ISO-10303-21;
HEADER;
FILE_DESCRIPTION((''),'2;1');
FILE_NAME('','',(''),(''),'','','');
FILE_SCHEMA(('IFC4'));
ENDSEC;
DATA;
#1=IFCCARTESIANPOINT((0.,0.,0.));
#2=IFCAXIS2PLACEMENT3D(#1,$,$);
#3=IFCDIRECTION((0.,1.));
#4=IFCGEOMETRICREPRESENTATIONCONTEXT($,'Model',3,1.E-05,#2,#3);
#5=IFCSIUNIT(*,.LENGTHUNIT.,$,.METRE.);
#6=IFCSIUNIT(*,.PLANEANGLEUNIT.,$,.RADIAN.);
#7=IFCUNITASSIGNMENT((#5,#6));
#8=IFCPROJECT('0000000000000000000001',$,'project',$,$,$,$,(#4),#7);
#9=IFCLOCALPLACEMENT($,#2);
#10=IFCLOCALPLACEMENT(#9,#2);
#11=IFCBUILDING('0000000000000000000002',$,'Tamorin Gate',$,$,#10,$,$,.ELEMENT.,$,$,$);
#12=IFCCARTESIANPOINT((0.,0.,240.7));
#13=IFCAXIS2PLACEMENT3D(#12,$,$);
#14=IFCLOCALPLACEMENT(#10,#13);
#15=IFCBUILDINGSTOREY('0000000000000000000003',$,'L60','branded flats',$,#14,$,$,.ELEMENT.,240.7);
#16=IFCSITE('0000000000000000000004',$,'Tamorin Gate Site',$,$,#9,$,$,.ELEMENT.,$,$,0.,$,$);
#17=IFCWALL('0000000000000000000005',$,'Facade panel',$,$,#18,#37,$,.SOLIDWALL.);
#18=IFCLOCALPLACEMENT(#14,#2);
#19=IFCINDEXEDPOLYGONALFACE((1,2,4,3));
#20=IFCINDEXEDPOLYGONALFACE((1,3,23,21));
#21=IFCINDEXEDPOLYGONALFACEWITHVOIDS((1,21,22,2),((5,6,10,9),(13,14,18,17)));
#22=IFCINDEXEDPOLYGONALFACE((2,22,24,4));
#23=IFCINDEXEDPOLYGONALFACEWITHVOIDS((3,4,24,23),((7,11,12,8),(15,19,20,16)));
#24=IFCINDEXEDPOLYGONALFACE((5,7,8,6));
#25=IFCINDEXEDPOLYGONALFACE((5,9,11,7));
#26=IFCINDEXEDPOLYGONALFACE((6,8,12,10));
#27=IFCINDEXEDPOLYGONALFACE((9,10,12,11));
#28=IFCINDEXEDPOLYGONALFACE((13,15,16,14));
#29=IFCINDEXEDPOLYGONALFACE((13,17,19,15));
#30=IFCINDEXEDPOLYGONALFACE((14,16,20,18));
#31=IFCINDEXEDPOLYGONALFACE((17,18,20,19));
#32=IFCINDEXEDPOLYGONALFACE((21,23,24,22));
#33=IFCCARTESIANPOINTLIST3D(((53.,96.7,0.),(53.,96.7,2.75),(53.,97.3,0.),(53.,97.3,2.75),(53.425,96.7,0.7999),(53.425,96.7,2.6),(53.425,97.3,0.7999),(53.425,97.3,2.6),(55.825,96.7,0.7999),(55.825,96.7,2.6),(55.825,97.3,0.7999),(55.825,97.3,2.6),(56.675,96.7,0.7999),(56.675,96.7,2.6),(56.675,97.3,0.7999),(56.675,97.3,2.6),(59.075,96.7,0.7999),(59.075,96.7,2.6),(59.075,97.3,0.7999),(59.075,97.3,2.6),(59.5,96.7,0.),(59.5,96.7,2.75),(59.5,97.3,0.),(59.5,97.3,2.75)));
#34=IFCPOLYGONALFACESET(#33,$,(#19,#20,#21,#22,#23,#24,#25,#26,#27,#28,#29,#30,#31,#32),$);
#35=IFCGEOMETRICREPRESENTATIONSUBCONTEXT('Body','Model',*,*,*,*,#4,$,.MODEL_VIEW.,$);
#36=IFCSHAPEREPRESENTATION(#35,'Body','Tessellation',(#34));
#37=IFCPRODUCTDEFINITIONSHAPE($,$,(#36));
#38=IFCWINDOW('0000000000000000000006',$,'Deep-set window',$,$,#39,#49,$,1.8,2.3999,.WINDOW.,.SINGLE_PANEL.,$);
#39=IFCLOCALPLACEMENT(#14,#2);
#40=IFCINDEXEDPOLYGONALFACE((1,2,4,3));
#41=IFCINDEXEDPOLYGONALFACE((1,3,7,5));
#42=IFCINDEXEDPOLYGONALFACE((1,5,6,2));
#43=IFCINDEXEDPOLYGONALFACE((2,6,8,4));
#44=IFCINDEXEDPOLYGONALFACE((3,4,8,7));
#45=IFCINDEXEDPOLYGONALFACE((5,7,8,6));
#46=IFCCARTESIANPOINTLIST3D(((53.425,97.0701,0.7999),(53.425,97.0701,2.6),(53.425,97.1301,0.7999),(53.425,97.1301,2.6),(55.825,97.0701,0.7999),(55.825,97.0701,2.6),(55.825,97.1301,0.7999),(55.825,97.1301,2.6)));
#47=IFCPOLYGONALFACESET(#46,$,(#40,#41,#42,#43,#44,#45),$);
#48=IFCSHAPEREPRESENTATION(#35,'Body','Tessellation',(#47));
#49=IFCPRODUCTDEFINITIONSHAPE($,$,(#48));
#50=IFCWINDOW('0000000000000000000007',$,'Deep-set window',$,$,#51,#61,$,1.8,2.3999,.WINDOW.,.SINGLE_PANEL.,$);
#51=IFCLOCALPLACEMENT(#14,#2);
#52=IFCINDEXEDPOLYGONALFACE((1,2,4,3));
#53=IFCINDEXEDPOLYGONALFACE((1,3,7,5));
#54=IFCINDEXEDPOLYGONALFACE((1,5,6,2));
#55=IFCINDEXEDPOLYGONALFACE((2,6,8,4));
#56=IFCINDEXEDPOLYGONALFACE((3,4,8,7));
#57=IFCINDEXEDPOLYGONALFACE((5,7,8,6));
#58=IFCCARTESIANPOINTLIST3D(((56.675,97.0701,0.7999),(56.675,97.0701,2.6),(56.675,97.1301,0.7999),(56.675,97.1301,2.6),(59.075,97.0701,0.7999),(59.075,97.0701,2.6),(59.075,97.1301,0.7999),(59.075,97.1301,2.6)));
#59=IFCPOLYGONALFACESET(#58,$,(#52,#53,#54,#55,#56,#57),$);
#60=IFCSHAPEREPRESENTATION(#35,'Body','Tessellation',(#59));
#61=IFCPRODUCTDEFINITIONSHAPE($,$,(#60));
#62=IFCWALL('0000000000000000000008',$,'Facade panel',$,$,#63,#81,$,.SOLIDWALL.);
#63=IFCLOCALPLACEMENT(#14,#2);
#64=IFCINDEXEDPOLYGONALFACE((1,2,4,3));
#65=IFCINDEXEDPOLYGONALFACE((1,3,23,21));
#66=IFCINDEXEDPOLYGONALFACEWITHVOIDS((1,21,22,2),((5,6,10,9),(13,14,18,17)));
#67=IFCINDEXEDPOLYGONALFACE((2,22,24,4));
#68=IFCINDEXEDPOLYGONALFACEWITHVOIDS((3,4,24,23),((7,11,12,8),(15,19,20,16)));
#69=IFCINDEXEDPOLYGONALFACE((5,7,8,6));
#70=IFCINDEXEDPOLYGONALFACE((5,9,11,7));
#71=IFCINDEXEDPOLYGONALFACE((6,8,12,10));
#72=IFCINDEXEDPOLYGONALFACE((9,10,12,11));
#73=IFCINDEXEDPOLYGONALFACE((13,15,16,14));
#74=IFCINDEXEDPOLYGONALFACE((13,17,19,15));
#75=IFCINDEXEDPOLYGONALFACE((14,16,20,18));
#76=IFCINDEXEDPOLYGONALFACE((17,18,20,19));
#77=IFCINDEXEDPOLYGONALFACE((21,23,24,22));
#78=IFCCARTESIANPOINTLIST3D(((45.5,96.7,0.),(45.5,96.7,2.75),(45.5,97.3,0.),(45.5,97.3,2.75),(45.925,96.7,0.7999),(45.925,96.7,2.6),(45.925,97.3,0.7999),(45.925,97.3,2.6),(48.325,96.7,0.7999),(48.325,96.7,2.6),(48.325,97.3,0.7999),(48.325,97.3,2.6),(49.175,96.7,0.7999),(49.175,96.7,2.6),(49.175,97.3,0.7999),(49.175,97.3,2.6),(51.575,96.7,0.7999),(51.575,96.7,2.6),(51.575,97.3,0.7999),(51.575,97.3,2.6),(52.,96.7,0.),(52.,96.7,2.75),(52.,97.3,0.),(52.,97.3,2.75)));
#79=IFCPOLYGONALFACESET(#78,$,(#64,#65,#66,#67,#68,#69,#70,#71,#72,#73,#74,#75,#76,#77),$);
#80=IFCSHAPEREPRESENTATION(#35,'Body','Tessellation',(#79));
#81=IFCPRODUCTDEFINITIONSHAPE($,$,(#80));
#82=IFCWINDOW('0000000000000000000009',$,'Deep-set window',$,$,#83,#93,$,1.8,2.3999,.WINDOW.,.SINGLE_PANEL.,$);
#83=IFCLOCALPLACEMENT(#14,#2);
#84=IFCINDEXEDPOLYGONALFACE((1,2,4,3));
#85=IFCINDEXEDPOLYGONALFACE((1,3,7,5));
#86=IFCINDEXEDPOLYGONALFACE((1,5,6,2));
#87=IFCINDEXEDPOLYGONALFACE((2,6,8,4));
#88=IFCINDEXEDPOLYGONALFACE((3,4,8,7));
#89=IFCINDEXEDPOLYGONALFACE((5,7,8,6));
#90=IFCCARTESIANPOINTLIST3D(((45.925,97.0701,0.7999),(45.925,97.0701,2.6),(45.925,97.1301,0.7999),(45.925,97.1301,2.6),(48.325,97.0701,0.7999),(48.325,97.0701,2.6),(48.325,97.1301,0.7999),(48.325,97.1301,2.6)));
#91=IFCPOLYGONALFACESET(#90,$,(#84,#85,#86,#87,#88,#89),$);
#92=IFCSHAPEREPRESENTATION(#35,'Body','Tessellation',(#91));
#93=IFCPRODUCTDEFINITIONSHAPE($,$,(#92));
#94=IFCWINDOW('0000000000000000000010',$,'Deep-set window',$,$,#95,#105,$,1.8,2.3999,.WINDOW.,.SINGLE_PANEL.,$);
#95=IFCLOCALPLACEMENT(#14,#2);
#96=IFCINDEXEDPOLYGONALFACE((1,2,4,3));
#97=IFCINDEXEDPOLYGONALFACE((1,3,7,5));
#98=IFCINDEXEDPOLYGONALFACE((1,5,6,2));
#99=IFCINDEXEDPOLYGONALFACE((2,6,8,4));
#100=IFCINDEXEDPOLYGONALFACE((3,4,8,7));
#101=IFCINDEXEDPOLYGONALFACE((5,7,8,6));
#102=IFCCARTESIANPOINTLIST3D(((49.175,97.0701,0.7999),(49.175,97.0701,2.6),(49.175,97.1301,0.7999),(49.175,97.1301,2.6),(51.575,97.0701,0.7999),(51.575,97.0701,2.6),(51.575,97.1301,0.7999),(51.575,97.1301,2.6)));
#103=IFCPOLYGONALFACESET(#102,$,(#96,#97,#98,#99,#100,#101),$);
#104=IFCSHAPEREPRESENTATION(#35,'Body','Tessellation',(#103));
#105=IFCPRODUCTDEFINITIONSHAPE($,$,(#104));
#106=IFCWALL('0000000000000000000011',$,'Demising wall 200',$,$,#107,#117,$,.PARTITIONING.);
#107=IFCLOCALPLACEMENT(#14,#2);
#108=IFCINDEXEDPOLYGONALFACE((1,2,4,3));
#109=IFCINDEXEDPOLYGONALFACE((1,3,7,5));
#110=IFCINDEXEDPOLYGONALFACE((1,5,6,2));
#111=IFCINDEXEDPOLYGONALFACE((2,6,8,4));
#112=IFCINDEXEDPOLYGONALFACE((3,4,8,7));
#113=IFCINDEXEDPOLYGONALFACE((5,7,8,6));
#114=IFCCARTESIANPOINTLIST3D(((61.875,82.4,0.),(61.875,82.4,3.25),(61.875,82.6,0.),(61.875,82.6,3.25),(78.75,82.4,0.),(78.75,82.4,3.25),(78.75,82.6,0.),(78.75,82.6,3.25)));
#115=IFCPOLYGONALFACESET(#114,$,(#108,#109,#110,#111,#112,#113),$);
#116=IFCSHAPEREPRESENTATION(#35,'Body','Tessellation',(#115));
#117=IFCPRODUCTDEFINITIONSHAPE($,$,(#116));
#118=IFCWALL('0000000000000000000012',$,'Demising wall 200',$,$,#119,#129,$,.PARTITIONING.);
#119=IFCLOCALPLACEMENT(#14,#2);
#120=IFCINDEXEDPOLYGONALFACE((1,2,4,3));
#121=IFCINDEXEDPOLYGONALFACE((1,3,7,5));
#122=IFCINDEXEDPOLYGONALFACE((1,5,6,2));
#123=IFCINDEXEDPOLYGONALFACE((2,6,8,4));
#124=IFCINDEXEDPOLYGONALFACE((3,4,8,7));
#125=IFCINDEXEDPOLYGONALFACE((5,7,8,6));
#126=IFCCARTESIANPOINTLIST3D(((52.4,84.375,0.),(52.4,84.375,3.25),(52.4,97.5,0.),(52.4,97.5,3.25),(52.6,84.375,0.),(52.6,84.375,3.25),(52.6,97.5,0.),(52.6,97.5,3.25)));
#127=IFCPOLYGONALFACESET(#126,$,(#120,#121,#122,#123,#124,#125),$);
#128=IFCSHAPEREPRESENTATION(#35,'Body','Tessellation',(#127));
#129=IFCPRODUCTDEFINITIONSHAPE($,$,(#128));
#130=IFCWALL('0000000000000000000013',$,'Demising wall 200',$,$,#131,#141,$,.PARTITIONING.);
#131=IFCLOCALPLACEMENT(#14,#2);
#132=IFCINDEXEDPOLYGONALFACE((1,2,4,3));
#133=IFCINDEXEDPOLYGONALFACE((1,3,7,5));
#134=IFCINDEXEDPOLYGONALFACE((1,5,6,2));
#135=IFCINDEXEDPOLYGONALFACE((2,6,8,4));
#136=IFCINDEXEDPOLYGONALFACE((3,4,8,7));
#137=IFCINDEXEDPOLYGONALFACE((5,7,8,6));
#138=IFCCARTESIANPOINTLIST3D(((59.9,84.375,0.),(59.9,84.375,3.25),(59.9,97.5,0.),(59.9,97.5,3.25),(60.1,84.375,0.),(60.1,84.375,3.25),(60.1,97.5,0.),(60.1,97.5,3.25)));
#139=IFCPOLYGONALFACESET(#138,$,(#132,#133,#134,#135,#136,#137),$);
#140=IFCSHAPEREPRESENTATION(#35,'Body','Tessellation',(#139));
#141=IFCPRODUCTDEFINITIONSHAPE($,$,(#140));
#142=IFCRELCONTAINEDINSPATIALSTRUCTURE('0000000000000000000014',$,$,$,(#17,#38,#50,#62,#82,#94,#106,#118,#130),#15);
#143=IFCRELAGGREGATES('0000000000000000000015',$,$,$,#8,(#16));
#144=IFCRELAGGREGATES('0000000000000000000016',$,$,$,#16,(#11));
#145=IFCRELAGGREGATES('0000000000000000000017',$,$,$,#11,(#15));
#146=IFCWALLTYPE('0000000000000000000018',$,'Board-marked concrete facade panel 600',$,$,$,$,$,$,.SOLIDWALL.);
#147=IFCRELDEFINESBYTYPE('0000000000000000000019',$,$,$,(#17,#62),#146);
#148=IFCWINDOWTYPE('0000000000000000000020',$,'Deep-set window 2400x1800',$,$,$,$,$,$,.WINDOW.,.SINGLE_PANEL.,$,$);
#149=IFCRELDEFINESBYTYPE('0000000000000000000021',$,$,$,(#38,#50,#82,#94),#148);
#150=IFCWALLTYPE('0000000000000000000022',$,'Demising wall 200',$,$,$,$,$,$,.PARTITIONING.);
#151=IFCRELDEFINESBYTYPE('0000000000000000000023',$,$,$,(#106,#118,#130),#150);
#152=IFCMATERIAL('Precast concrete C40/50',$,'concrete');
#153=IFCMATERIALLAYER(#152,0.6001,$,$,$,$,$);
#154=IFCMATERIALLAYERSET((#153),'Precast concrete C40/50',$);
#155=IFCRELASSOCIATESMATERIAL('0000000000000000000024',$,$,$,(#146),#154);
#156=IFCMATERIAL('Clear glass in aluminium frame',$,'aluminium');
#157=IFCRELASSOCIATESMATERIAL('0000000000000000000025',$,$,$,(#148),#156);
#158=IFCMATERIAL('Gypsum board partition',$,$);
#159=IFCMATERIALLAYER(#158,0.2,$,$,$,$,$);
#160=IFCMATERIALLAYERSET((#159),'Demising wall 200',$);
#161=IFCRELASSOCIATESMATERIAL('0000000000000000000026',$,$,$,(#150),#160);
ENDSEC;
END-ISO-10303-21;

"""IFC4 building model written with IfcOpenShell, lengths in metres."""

from ifc_helpers import new_model, si_unit, direction, frame, frame_2d, origin, place, context, subcontext, project, spatial, rectangle, extrude, material, layer, layer_set, type_object, element, fill, save


model = new_model("IFC4")

# Units and contexts
model_context = context("Model", 3, precision=1e-05, world=origin(), true_north=direction((0.0, 1.0)))
body_context = subcontext(model_context, "Body", "Model", "MODEL_VIEW")
ifc_project = project(units=[si_unit("LENGTHUNIT", "METRE"), si_unit("PLANEANGLEUNIT", "RADIAN")], contexts=[model_context])

# Site, building, storey
site_placement = place(None, origin())
site = spatial("IfcSite", under=ifc_project, at=site_placement, Name="Tamorin Gate Site", CompositionType="ELEMENT", RefElevation=0.0)
building_placement = place(site_placement, origin())
building = spatial("IfcBuilding", under=site, at=building_placement, Name="Tamorin Gate", CompositionType="ELEMENT")
storey_placement = place(building_placement, frame((0.0, 0.0, 240.7)))
storey = spatial("IfcBuildingStorey", under=building, at=storey_placement, Name="L60", Description="branded flats", CompositionType="ELEMENT", Elevation=240.7)

# Walls, openings, windows
ifc_material_1 = material(Name="Precast concrete C40/50", Category="concrete")
ifc_layer_1 = layer(ifc_material_1, 0.6001)
ifc_layer_set_1 = layer_set([ifc_layer_1], Name="Precast concrete C40/50")
wall_type_1 = type_object("IfcWallType", Name="Board-marked concrete facade panel 600", PredefinedType="SOLIDWALL", material=ifc_layer_set_1)
ifc_material_2 = material(Name="Clear glass in aluminium frame", Category="aluminium")
window_type = type_object("IfcWindowType", Name="Deep-set window 2400x1800", PartitioningType="SINGLE_PANEL", PredefinedType="WINDOW", material=ifc_material_2)
wall_1_placement = place(storey_placement, frame((59.5, 97.0, 0.0), z_axis=(0.0, 0.0, 1.0), x_axis=(-1.0, 0.0, 0.0)))
wall_1 = element("IfcWall", 1, at=wall_1_placement, inside=storey, type_object=wall_type_1, Name="Facade panel", PredefinedType="SOLIDWALL", context=body_context, shape_type="SweptSolid", body=[
    extrude(rectangle(XDim=6.5, YDim=0.6001, at=frame_2d((3.25, 0.0))), origin(), (0.0, 0.0, 1.0), 2.75),
])
opening_1_placement = place(wall_1_placement, frame((3.675, 0.0, 0.8)))
opening_1 = element("IfcOpeningElement", 2, at=opening_1_placement, cuts=wall_1, PredefinedType="OPENING", context=body_context, shape_type="SweptSolid", body=[
    extrude(rectangle(XDim=2.3999, YDim=1.8, at=frame_2d((1.2, 0.8999))), frame((0.0, 0.3101, 0.0), z_axis=(0.0, -1.0, 0.0), x_axis=(1.0, 0.0, 0.0)), (0.0, 0.0, 1.0), 0.6201),
])
opening_2_placement = place(wall_1_placement, frame((0.425, 0.0, 0.8)))
opening_2 = element("IfcOpeningElement", 3, at=opening_2_placement, cuts=wall_1, PredefinedType="OPENING", context=body_context, shape_type="SweptSolid", body=[
    extrude(rectangle(XDim=2.3999, YDim=1.8, at=frame_2d((1.2, 0.8999))), frame((0.0, 0.3101, 0.0), z_axis=(0.0, -1.0, 0.0), x_axis=(1.0, 0.0, 0.0)), (0.0, 0.0, 1.0), 0.6201),
])
window_1_placement = place(opening_1_placement, origin())
window_1 = element("IfcWindow", 4, at=window_1_placement, inside=storey, type_object=window_type, Name="Deep-set window", OverallHeight=1.8, OverallWidth=2.3999, PartitioningType="SINGLE_PANEL", PredefinedType="WINDOW", context=body_context, shape_type="SweptSolid", body=[
    extrude(rectangle(XDim=2.3999, YDim=1.8, at=frame_2d((1.2, 0.8999))), frame((0.0, -0.0701, 0.0), z_axis=(0.0, -1.0, 0.0), x_axis=(1.0, 0.0, 0.0)), (0.0, 0.0, 1.0), 0.0601),
])
fill(opening_1, window_1)
window_2_placement = place(opening_2_placement, origin())
window_2 = element("IfcWindow", 5, at=window_2_placement, inside=storey, type_object=window_type, Name="Deep-set window", OverallHeight=1.8, OverallWidth=2.3999, PartitioningType="SINGLE_PANEL", PredefinedType="WINDOW", context=body_context, shape_type="SweptSolid", body=[
    extrude(rectangle(XDim=2.3999, YDim=1.8, at=frame_2d((1.2, 0.8999))), frame((0.0, -0.0701, 0.0), z_axis=(0.0, -1.0, 0.0), x_axis=(1.0, 0.0, 0.0)), (0.0, 0.0, 1.0), 0.0601),
])
fill(opening_2, window_2)
wall_2_placement = place(storey_placement, frame((52.0, 97.0, 0.0), z_axis=(0.0, 0.0, 1.0), x_axis=(-1.0, 0.0, 0.0)))
wall_2 = element("IfcWall", 6, at=wall_2_placement, inside=storey, type_object=wall_type_1, Name="Facade panel", PredefinedType="SOLIDWALL", context=body_context, shape_type="SweptSolid", body=[
    extrude(rectangle(XDim=6.5, YDim=0.6001, at=frame_2d((3.25, 0.0))), origin(), (0.0, 0.0, 1.0), 2.75),
])
opening_3_placement = place(wall_2_placement, frame((3.675, 0.0, 0.8)))
opening_3 = element("IfcOpeningElement", 7, at=opening_3_placement, cuts=wall_2, PredefinedType="OPENING", context=body_context, shape_type="SweptSolid", body=[
    extrude(rectangle(XDim=2.3999, YDim=1.8, at=frame_2d((1.2, 0.8999))), frame((0.0, 0.3101, 0.0), z_axis=(0.0, -1.0, 0.0), x_axis=(1.0, 0.0, 0.0)), (0.0, 0.0, 1.0), 0.6201),
])
opening_4_placement = place(wall_2_placement, frame((0.425, 0.0, 0.8)))
opening_4 = element("IfcOpeningElement", 8, at=opening_4_placement, cuts=wall_2, PredefinedType="OPENING", context=body_context, shape_type="SweptSolid", body=[
    extrude(rectangle(XDim=2.3999, YDim=1.8, at=frame_2d((1.2, 0.8999))), frame((0.0, 0.3101, 0.0), z_axis=(0.0, -1.0, 0.0), x_axis=(1.0, 0.0, 0.0)), (0.0, 0.0, 1.0), 0.6201),
])
window_3_placement = place(opening_3_placement, origin())
window_3 = element("IfcWindow", 9, at=window_3_placement, inside=storey, type_object=window_type, Name="Deep-set window", OverallHeight=1.8, OverallWidth=2.3999, PartitioningType="SINGLE_PANEL", PredefinedType="WINDOW", context=body_context, shape_type="SweptSolid", body=[
    extrude(rectangle(XDim=2.3999, YDim=1.8, at=frame_2d((1.2, 0.8999))), frame((0.0, -0.0701, 0.0), z_axis=(0.0, -1.0, 0.0), x_axis=(1.0, 0.0, 0.0)), (0.0, 0.0, 1.0), 0.0601),
])
fill(opening_3, window_3)
window_4_placement = place(opening_4_placement, origin())
window_4 = element("IfcWindow", 10, at=window_4_placement, inside=storey, type_object=window_type, Name="Deep-set window", OverallHeight=1.8, OverallWidth=2.3999, PartitioningType="SINGLE_PANEL", PredefinedType="WINDOW", context=body_context, shape_type="SweptSolid", body=[
    extrude(rectangle(XDim=2.3999, YDim=1.8, at=frame_2d((1.2, 0.8999))), frame((0.0, -0.0701, 0.0), z_axis=(0.0, -1.0, 0.0), x_axis=(1.0, 0.0, 0.0)), (0.0, 0.0, 1.0), 0.0601),
])
fill(opening_4, window_4)

# Walls
ifc_material_3 = material(Name="Gypsum board partition")
ifc_layer_2 = layer(ifc_material_3, 0.2)
ifc_layer_set_2 = layer_set([ifc_layer_2], Name="Demising wall 200")
wall_type_2 = type_object("IfcWallType", Name="Demising wall 200", PredefinedType="PARTITIONING", material=ifc_layer_set_2)
wall_3_placement = place(storey_placement, frame((61.875, 82.5, 0.0), z_axis=(0.0, 0.0, 1.0), x_axis=(1.0, 0.0, 0.0)))
element("IfcWall", 11, at=wall_3_placement, inside=storey, type_object=wall_type_2, Name="Demising wall 200", PredefinedType="PARTITIONING", context=body_context, shape_type="SweptSolid", body=[
    extrude(rectangle(XDim=16.875, YDim=0.2, at=frame_2d((8.4375, 0.0))), origin(), (0.0, 0.0, 1.0), 3.25),
])
for number, where, z_axis, x_axis, name in (
    (12, (52.5, 84.375, 0.0), (0.0, 0.0, 1.0), (0.0, 1.0, 0.0), "Demising wall 200"),
    (13, (60.0, 84.375, 0.0), (0.0, 0.0, 1.0), (0.0, 1.0, 0.0), "Demising wall 200"),
):
    element("IfcWall", number, at=place(storey_placement, frame(where, z_axis=z_axis, x_axis=x_axis)), inside=storey, type_object=wall_type_2, Name=name, PredefinedType="PARTITIONING", context=body_context, shape_type="SweptSolid", body=[
        extrude(rectangle(XDim=13.125, YDim=0.2, at=frame_2d((6.5625, 0.0))), origin(), (0.0, 0.0, 1.0), 3.25),
    ])

save(model, "model.ifc")
